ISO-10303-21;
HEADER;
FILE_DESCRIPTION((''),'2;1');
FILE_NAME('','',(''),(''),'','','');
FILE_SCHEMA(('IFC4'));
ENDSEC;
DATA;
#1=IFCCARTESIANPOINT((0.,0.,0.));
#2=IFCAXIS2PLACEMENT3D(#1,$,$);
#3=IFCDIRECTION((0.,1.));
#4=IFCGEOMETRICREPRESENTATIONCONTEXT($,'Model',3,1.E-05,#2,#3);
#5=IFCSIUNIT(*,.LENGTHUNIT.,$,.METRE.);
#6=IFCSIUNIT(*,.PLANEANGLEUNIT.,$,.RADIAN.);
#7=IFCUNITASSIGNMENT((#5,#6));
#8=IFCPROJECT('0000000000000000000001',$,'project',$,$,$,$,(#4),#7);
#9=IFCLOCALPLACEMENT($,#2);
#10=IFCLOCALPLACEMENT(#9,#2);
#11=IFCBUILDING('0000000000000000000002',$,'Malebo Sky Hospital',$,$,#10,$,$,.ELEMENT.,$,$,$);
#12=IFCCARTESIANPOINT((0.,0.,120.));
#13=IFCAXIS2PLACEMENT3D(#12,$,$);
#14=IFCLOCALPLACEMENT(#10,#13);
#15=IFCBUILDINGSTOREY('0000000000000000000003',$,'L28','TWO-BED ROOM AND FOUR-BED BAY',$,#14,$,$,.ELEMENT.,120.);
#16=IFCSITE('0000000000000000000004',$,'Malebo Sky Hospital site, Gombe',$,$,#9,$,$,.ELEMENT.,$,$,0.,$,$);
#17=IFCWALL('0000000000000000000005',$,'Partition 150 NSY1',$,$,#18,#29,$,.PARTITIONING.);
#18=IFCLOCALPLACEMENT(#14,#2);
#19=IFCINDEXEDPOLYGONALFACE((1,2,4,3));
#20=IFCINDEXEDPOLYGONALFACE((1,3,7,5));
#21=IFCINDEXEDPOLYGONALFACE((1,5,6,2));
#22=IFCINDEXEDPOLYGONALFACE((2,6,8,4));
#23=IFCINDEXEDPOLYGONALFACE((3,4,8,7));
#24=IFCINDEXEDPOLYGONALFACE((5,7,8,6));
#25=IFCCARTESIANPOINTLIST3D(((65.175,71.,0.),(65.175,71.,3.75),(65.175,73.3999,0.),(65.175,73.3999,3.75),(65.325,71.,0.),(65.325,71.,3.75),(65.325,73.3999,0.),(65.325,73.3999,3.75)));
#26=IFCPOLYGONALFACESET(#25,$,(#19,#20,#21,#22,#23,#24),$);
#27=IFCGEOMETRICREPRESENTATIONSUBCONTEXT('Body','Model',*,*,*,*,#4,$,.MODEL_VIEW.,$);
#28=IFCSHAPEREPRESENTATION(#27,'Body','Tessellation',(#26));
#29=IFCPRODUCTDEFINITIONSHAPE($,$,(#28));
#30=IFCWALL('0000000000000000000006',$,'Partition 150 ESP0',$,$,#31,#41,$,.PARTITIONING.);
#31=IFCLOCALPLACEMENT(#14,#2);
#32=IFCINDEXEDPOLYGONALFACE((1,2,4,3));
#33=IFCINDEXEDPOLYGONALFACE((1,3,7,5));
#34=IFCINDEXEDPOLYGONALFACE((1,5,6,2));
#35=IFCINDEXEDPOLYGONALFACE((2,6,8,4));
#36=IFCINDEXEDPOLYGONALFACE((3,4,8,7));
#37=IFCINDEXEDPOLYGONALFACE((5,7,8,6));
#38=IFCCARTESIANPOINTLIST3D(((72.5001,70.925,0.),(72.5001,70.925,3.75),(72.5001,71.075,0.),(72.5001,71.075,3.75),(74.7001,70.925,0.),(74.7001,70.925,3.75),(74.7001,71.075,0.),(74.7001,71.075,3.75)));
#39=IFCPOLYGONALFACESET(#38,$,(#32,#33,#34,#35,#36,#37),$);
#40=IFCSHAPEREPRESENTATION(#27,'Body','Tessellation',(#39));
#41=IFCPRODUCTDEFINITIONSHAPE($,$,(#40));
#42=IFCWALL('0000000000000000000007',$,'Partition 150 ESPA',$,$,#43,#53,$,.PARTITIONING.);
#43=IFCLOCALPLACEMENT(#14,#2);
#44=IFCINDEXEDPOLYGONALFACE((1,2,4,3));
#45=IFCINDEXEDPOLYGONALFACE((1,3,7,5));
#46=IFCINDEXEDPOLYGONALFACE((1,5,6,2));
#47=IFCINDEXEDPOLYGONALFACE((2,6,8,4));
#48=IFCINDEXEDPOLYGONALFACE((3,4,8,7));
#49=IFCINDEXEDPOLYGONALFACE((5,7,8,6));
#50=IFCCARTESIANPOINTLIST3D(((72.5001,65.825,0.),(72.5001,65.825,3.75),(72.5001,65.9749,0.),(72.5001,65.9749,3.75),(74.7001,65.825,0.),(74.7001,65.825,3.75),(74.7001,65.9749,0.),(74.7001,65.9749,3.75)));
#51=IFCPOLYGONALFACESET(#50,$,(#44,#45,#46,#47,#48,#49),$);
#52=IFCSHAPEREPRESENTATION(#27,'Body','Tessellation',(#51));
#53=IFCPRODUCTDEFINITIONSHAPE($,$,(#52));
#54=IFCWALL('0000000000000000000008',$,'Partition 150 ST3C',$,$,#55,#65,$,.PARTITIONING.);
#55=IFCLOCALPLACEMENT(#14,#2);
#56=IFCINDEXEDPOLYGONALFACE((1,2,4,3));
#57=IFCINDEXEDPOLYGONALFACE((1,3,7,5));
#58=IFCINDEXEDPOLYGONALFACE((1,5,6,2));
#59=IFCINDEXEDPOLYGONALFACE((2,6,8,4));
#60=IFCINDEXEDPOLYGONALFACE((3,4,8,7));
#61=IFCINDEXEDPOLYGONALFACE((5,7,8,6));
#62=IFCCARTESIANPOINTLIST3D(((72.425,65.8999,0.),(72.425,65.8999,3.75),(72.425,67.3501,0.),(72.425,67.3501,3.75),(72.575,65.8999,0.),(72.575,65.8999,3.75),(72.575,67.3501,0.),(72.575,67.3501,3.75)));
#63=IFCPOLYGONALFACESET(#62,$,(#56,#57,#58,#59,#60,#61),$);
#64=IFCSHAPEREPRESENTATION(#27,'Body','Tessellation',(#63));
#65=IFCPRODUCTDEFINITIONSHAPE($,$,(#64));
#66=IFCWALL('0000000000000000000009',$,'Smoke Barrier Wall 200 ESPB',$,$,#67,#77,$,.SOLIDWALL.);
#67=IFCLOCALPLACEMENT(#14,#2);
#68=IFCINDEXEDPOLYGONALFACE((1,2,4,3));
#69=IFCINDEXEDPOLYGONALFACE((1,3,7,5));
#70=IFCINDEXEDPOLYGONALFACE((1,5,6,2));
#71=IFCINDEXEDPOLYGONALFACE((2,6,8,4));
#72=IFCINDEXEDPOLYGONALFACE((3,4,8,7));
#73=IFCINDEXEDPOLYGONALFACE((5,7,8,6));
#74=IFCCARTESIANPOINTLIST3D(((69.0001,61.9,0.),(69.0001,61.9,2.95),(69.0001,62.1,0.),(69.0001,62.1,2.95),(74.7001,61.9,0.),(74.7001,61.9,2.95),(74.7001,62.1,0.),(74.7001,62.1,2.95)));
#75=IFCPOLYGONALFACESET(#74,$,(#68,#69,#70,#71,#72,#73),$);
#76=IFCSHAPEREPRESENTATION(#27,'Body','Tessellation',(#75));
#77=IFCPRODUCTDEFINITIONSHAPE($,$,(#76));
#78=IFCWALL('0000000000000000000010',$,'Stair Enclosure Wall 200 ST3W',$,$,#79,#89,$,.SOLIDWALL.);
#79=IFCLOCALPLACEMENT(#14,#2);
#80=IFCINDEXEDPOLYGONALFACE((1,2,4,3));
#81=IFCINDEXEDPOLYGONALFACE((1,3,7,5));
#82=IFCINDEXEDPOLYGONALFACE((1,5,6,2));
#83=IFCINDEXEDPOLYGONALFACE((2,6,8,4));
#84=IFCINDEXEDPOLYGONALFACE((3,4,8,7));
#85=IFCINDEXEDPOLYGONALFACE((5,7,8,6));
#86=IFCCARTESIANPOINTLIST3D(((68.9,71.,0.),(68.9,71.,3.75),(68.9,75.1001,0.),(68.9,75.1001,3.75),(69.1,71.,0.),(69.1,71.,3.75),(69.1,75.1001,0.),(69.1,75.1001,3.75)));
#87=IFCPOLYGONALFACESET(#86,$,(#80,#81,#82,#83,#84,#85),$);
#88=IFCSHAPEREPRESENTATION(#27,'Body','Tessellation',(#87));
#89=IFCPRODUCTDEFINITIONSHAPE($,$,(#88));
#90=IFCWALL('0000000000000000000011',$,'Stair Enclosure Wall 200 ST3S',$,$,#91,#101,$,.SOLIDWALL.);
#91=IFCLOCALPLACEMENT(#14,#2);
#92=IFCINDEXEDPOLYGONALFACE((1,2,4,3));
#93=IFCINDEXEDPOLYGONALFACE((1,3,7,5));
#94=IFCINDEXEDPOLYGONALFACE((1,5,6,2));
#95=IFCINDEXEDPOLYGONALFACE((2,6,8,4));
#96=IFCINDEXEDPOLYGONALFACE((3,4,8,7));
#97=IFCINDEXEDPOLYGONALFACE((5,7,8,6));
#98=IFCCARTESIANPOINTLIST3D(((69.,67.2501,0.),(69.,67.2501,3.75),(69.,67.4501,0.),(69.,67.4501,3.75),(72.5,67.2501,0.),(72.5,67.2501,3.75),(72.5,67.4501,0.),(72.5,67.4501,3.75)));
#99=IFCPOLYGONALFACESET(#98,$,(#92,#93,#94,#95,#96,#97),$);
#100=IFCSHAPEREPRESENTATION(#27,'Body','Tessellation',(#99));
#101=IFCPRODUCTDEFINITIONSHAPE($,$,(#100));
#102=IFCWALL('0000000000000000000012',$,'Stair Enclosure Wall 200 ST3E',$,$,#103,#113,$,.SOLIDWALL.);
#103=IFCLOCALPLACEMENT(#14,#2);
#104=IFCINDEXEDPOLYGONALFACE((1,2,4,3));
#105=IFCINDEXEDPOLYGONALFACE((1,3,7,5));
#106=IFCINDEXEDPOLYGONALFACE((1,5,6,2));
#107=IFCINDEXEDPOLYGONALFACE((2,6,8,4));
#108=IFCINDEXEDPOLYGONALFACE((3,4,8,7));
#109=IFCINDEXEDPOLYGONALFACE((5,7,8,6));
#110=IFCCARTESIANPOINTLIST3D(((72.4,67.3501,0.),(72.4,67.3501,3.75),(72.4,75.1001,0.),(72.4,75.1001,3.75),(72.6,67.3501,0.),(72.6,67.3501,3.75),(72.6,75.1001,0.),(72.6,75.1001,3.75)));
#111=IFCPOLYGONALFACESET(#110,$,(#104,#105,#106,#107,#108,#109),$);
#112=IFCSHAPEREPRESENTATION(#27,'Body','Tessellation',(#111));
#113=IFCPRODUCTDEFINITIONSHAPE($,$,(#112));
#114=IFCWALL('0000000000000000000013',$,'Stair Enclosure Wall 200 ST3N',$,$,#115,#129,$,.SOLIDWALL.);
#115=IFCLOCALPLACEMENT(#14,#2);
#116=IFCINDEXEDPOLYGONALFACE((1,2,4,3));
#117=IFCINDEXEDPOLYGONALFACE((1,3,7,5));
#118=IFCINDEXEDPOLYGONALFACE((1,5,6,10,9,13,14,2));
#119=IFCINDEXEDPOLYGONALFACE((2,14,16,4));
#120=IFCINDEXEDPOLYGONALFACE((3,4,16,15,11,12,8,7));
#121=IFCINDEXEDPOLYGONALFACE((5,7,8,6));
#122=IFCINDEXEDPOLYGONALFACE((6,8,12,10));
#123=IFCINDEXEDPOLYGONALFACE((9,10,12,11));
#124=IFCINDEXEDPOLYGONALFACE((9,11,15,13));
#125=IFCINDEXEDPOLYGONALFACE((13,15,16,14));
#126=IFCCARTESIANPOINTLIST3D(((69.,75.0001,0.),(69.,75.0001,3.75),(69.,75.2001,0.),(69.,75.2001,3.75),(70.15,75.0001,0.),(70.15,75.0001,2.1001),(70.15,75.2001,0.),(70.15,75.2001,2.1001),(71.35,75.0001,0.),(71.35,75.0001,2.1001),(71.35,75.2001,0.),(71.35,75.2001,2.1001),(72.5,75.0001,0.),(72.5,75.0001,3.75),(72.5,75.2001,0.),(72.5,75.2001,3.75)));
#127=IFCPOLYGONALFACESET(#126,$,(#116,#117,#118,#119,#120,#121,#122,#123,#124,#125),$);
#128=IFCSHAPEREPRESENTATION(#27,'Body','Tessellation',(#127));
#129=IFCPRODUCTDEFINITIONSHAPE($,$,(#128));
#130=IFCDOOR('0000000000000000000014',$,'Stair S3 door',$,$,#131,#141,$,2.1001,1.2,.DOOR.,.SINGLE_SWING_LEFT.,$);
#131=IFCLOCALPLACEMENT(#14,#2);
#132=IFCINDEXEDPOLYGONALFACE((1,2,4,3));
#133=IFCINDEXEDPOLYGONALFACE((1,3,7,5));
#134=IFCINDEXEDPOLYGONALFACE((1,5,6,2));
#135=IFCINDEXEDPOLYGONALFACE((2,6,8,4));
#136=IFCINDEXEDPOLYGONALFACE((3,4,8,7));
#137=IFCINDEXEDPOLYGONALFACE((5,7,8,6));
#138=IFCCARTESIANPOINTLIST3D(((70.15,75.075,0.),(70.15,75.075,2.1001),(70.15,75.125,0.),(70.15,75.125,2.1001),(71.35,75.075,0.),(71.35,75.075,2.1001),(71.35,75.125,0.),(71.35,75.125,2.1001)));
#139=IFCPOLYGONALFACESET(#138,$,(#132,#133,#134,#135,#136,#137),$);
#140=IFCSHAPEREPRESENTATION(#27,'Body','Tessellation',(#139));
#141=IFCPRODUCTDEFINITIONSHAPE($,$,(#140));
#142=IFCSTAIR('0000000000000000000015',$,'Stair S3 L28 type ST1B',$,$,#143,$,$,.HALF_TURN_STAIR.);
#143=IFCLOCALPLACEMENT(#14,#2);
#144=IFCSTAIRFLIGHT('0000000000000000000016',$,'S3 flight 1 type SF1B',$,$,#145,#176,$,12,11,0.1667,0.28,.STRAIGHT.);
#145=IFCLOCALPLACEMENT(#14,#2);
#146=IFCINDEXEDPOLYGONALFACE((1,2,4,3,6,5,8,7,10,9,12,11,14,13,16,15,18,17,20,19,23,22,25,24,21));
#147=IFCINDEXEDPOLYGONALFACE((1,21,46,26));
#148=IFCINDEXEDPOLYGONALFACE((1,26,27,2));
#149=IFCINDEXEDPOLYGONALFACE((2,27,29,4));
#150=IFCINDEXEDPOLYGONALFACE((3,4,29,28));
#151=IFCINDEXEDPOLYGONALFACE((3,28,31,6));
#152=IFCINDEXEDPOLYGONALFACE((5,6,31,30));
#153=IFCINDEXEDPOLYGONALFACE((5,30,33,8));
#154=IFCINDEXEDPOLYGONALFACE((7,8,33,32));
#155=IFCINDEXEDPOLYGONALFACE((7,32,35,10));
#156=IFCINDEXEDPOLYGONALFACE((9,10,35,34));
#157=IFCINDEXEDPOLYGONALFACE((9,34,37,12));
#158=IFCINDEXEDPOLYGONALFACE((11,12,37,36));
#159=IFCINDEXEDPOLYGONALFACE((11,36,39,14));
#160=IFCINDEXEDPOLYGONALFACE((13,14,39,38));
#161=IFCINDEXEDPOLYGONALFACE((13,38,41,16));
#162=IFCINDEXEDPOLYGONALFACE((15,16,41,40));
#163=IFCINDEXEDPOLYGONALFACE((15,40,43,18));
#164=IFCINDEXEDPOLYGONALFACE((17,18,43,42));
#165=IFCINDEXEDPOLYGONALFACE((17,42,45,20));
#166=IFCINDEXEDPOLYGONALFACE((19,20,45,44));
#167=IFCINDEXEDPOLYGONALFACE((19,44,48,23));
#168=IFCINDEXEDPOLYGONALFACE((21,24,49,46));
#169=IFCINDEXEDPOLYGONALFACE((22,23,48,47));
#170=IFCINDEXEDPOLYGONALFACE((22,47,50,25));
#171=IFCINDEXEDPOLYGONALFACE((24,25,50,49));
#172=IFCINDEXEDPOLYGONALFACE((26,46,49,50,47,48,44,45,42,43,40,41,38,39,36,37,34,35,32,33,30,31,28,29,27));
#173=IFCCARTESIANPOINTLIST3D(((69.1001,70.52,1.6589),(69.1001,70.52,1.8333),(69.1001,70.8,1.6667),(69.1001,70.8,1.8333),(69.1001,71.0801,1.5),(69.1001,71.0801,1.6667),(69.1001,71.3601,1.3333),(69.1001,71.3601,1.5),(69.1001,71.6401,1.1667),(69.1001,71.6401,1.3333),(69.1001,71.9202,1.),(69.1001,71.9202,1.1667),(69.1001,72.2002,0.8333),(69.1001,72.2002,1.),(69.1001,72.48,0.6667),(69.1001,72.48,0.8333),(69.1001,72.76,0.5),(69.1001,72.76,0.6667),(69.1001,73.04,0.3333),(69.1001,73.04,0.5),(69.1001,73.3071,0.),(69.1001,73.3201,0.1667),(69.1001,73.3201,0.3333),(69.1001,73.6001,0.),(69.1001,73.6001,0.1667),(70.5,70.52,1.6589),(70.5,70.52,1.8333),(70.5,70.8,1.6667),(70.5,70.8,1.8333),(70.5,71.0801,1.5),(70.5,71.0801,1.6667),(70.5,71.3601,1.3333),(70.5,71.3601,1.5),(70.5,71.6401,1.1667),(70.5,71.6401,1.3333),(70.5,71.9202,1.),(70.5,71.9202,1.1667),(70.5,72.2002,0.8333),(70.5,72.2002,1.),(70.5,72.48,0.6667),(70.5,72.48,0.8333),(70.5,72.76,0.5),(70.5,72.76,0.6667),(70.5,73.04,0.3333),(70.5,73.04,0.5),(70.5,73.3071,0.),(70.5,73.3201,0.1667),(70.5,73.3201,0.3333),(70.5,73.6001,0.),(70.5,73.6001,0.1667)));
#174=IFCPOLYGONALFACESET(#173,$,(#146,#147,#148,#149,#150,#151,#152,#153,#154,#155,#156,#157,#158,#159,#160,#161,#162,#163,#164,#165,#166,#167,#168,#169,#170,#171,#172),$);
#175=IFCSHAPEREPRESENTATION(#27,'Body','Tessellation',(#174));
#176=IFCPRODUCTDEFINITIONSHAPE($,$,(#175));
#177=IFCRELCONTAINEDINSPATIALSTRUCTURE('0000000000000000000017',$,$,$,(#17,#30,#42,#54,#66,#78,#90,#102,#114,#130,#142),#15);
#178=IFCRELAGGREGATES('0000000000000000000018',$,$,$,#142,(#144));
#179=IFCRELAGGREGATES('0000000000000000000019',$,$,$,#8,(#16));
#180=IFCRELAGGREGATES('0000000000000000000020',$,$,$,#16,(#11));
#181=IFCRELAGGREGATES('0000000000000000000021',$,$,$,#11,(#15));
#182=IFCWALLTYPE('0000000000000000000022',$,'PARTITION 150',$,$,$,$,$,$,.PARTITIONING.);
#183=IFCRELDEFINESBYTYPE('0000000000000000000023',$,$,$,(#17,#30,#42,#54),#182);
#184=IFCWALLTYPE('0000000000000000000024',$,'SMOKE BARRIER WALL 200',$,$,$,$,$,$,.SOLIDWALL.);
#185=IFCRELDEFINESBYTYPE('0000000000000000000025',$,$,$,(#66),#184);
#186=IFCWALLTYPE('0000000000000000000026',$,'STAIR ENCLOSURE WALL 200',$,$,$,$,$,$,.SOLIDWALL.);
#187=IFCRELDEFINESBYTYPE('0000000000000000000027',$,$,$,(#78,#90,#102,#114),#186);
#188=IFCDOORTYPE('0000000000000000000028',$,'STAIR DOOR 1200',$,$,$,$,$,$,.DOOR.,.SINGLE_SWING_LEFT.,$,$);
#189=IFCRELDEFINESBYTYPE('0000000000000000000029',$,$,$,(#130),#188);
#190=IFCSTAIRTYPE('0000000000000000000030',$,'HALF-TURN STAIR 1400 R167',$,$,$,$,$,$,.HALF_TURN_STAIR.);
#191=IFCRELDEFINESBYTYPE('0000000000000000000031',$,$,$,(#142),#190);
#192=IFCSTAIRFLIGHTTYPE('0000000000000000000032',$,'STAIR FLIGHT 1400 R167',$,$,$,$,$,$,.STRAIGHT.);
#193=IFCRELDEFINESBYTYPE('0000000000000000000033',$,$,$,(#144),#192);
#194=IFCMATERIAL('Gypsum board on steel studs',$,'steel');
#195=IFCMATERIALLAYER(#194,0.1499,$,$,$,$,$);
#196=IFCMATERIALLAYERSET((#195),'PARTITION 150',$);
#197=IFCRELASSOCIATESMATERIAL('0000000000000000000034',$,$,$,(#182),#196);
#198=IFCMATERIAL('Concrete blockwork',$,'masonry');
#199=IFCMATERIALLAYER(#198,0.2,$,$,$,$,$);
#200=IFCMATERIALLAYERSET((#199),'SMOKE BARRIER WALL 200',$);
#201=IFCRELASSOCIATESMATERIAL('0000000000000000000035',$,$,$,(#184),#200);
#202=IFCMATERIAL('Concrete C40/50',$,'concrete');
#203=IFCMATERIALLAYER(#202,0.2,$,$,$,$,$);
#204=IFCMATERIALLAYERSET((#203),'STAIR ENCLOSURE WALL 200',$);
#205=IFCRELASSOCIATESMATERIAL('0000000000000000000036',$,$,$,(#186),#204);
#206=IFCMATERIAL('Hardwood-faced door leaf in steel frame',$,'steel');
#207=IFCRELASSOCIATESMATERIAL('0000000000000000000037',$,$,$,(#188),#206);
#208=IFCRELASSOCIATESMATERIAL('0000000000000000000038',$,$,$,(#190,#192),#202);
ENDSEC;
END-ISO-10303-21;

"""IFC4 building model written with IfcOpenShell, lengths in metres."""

from ifc_helpers import new_model, si_unit, direction, frame, frame_2d, origin, place, context, subcontext, project, spatial, polyline, rectangle, outline, extrude, material, layer, layer_set, type_object, element, fill, aggregate, save


model = new_model("IFC4")

# Units and contexts
model_context = context("Model", 3, precision=1e-05, world=origin(), true_north=direction((0.0, 1.0)))
body_context = subcontext(model_context, "Body", "Model", "MODEL_VIEW")
ifc_project = project(units=[si_unit("LENGTHUNIT", "METRE"), si_unit("PLANEANGLEUNIT", "RADIAN")], contexts=[model_context])

# Site, building, storey
site_placement = place(None, origin())
site = spatial("IfcSite", under=ifc_project, at=site_placement, Name="Malebo Sky Hospital site, Gombe", CompositionType="ELEMENT", RefElevation=0.0)
building_placement = place(site_placement, origin())
building = spatial("IfcBuilding", under=site, at=building_placement, Name="Malebo Sky Hospital", CompositionType="ELEMENT")
storey_placement = place(building_placement, frame((0.0, 0.0, 120.0)))
storey = spatial("IfcBuildingStorey", under=building, at=storey_placement, Name="L28", Description="TWO-BED ROOM AND FOUR-BED BAY", CompositionType="ELEMENT", Elevation=120.0)

# Shared definitions
ifc_material_1 = material(Name="Gypsum board on steel studs", Category="steel")

# Shared definitions
ifc_layer_1 = layer(ifc_material_1, 0.1499)
ifc_layer_set_1 = layer_set([ifc_layer_1], Name="PARTITION 150")
wall_type_1 = type_object("IfcWallType", Name="PARTITION 150", PredefinedType="PARTITIONING", material=ifc_layer_set_1)
ifc_material_2 = material(Name="Hardwood-faced door leaf in steel frame", Category="steel")

# Walls
wall_1_placement = place(storey_placement, frame((65.25, 71.0, 0.0), z_axis=(0.0, 0.0, 1.0), x_axis=(0.0, 1.0, 0.0)))
element("IfcWall", 1, at=wall_1_placement, inside=storey, type_object=wall_type_1, Name="Partition 150 NSY1", PredefinedType="PARTITIONING", context=body_context, shape_type="SweptSolid", body=[
    extrude(rectangle(XDim=2.3999, YDim=0.1499, at=frame_2d((1.2, 0.0))), origin(), (0.0, 0.0, 1.0), 3.75),
])
for number, where, z_axis, x_axis, name in (
    (2, (72.5, 71.0, 0.0), (0.0, 0.0, 1.0), (1.0, 0.0, 0.0), "Partition 150 ESP0"),
    (3, (72.5, 65.8999, 0.0), (0.0, 0.0, 1.0), (1.0, 0.0, 0.0), "Partition 150 ESPA"),
):
    element("IfcWall", number, at=place(storey_placement, frame(where, z_axis=z_axis, x_axis=x_axis)), inside=storey, type_object=wall_type_1, Name=name, PredefinedType="PARTITIONING", context=body_context, shape_type="SweptSolid", body=[
        extrude(rectangle(XDim=2.2, YDim=0.1499, at=frame_2d((1.1001, 0.0))), origin(), (0.0, 0.0, 1.0), 3.75),
    ])
wall_2_placement = place(storey_placement, frame((72.5, 65.8999, 0.0), z_axis=(0.0, 0.0, 1.0), x_axis=(0.0, 1.0, 0.0)))
element("IfcWall", 4, at=wall_2_placement, inside=storey, type_object=wall_type_1, Name="Partition 150 ST3C", PredefinedType="PARTITIONING", context=body_context, shape_type="SweptSolid", body=[
    extrude(rectangle(XDim=1.4502, YDim=0.1499, at=frame_2d((0.7251, 0.0))), origin(), (0.0, 0.0, 1.0), 3.75),
])
ifc_material_3 = material(Name="Concrete blockwork", Category="masonry")
ifc_layer_2 = layer(ifc_material_3, 0.2)
ifc_layer_set_2 = layer_set([ifc_layer_2], Name="SMOKE BARRIER WALL 200")
wall_type_2 = type_object("IfcWallType", Name="SMOKE BARRIER WALL 200", PredefinedType="SOLIDWALL", material=ifc_layer_set_2)
wall_3_placement = place(storey_placement, frame((69.0, 62.0, 0.0), z_axis=(0.0, 0.0, 1.0), x_axis=(1.0, 0.0, 0.0)))
element("IfcWall", 5, at=wall_3_placement, inside=storey, type_object=wall_type_2, Name="Smoke Barrier Wall 200 ESPB", PredefinedType="SOLIDWALL", context=body_context, shape_type="SweptSolid", body=[
    extrude(rectangle(XDim=5.7, YDim=0.2, at=frame_2d((2.8501, 0.0))), origin(), (0.0, 0.0, 1.0), 2.95),
])
ifc_material_4 = material(Name="Concrete C40/50", Category="concrete")
ifc_layer_3 = layer(ifc_material_4, 0.2)
ifc_layer_set_3 = layer_set([ifc_layer_3], Name="STAIR ENCLOSURE WALL 200")
wall_type_3 = type_object("IfcWallType", Name="STAIR ENCLOSURE WALL 200", PredefinedType="SOLIDWALL", material=ifc_layer_set_3)
wall_4_placement = place(storey_placement, frame((69.0, 71.0, 0.0), z_axis=(0.0, 0.0, 1.0), x_axis=(0.0, 1.0, 0.0)))
element("IfcWall", 6, at=wall_4_placement, inside=storey, type_object=wall_type_3, Name="Stair Enclosure Wall 200 ST3W", PredefinedType="SOLIDWALL", context=body_context, shape_type="SweptSolid", body=[
    extrude(rectangle(XDim=4.1001, YDim=0.2, at=frame_2d((2.05, 0.0))), origin(), (0.0, 0.0, 1.0), 3.75),
])
wall_5_placement = place(storey_placement, frame((69.0, 67.3501, 0.0), z_axis=(0.0, 0.0, 1.0), x_axis=(1.0, 0.0, 0.0)))
element("IfcWall", 7, at=wall_5_placement, inside=storey, type_object=wall_type_3, Name="Stair Enclosure Wall 200 ST3S", PredefinedType="SOLIDWALL", context=body_context, shape_type="SweptSolid", body=[
    extrude(rectangle(XDim=3.5, YDim=0.2, at=frame_2d((1.75, 0.0))), origin(), (0.0, 0.0, 1.0), 3.75),
])
wall_6_placement = place(storey_placement, frame((72.5, 67.3501, 0.0), z_axis=(0.0, 0.0, 1.0), x_axis=(0.0, 1.0, 0.0)))
element("IfcWall", 8, at=wall_6_placement, inside=storey, type_object=wall_type_3, Name="Stair Enclosure Wall 200 ST3E", PredefinedType="SOLIDWALL", context=body_context, shape_type="SweptSolid", body=[
    extrude(rectangle(XDim=7.75, YDim=0.2, at=frame_2d((3.875, 0.0))), origin(), (0.0, 0.0, 1.0), 3.75),
])

# Wall, opening, door
wall_7_placement = place(storey_placement, frame((69.0, 75.1001, 0.0), z_axis=(0.0, 0.0, 1.0), x_axis=(1.0, 0.0, 0.0)))
wall_7 = element("IfcWall", 9, at=wall_7_placement, inside=storey, type_object=wall_type_3, Name="Stair Enclosure Wall 200 ST3N", PredefinedType="SOLIDWALL", context=body_context, shape_type="SweptSolid", body=[
    extrude(rectangle(XDim=3.5, YDim=0.2, at=frame_2d((1.75, 0.0))), origin(), (0.0, 0.0, 1.0), 3.75),
])
opening_1_placement = place(wall_7_placement, frame((1.1499, 0.0, 0.0)))
opening_1 = element("IfcOpeningElement", 10, at=opening_1_placement, cuts=wall_7, PredefinedType="OPENING", context=body_context, shape_type="SweptSolid", body=[
    extrude(rectangle(XDim=1.2, YDim=2.1001, at=frame_2d((0.6001, 1.05))), frame((0.0, 0.1099, 0.0), z_axis=(0.0, -1.0, 0.0), x_axis=(1.0, 0.0, 0.0)), (0.0, 0.0, 1.0), 0.22),
])
door_type_1 = type_object("IfcDoorType", Name="STAIR DOOR 1200", OperationType="SINGLE_SWING_LEFT", PredefinedType="DOOR", material=ifc_material_2)
door_1_placement = place(opening_1_placement, origin())
door_1 = element("IfcDoor", 11, at=door_1_placement, inside=storey, type_object=door_type_1, Name="Stair S3 door", OperationType="SINGLE_SWING_LEFT", OverallHeight=2.1001, OverallWidth=1.2, PredefinedType="DOOR", context=body_context, shape_type="SweptSolid", body=[
    extrude(rectangle(XDim=1.2, YDim=2.1001, at=frame_2d((0.6001, 1.05))), frame((0.0, 0.0249, 0.0), z_axis=(0.0, -1.0, 0.0), x_axis=(1.0, 0.0, 0.0)), (0.0, 0.0, 1.0), 0.05),
])
fill(opening_1, door_1)

# Stair, stair flight
stair_type = type_object("IfcStairType", Name="HALF-TURN STAIR 1400 R167", PredefinedType="HALF_TURN_STAIR", material=ifc_material_4)
stair_placement = place(storey_placement, origin())
stair = element("IfcStair", 12, at=stair_placement, inside=storey, type_object=stair_type, Name="Stair S3 L28 type ST1B", PredefinedType="HALF_TURN_STAIR")
stair_flight_type = type_object("IfcStairFlightType", Name="STAIR FLIGHT 1400 R167", PredefinedType="STRAIGHT", material=ifc_material_4)
stair_flight_1_placement = place(storey_placement, frame((69.8, 73.6001, 0.0), z_axis=(0.0, 0.0, 1.0), x_axis=(0.0, -1.0, 0.0)))
stair_flight_1 = element("IfcStairFlight", 13, at=stair_flight_1_placement, type_object=stair_flight_type, Name="S3 flight 1 type SF1B", NumberOfRisers=12, NumberOfTreads=11, PredefinedType="STRAIGHT", RiserHeight=0.1667, TreadLength=0.28, context=body_context, shape_type="SweptSolid", body=[
    extrude(outline(polyline([(0.0, 0.0), (0.0, 0.1667), (0.28, 0.1667), (0.28, 0.3333), (0.5601, 0.3333), (0.5601, 0.5), (0.8401, 0.5), (0.8401, 0.6667), (1.1201, 0.6667), (1.1201, 0.8333), (1.3999, 0.8333), (1.3999, 1.0), (1.6799, 1.0), (1.6799, 1.1667), (1.96, 1.1667), (1.96, 1.3333), (2.24, 1.3333), (2.24, 1.5), (2.52, 1.5), (2.52, 1.6667), (2.8, 1.6667), (2.8, 1.8333), (3.0801, 1.8333), (3.0801, 2.0), (3.0801, 1.6589), (0.293, 0.0), (0.0, 0.0)])), frame((0.0, 0.7, 0.0), z_axis=(0.0, -1.0, 0.0), x_axis=(1.0, 0.0, 0.0)), (0.0, 0.0, 1.0), 1.3999),
])
aggregate(stair, [stair_flight_1])

save(model, "model.ifc")
